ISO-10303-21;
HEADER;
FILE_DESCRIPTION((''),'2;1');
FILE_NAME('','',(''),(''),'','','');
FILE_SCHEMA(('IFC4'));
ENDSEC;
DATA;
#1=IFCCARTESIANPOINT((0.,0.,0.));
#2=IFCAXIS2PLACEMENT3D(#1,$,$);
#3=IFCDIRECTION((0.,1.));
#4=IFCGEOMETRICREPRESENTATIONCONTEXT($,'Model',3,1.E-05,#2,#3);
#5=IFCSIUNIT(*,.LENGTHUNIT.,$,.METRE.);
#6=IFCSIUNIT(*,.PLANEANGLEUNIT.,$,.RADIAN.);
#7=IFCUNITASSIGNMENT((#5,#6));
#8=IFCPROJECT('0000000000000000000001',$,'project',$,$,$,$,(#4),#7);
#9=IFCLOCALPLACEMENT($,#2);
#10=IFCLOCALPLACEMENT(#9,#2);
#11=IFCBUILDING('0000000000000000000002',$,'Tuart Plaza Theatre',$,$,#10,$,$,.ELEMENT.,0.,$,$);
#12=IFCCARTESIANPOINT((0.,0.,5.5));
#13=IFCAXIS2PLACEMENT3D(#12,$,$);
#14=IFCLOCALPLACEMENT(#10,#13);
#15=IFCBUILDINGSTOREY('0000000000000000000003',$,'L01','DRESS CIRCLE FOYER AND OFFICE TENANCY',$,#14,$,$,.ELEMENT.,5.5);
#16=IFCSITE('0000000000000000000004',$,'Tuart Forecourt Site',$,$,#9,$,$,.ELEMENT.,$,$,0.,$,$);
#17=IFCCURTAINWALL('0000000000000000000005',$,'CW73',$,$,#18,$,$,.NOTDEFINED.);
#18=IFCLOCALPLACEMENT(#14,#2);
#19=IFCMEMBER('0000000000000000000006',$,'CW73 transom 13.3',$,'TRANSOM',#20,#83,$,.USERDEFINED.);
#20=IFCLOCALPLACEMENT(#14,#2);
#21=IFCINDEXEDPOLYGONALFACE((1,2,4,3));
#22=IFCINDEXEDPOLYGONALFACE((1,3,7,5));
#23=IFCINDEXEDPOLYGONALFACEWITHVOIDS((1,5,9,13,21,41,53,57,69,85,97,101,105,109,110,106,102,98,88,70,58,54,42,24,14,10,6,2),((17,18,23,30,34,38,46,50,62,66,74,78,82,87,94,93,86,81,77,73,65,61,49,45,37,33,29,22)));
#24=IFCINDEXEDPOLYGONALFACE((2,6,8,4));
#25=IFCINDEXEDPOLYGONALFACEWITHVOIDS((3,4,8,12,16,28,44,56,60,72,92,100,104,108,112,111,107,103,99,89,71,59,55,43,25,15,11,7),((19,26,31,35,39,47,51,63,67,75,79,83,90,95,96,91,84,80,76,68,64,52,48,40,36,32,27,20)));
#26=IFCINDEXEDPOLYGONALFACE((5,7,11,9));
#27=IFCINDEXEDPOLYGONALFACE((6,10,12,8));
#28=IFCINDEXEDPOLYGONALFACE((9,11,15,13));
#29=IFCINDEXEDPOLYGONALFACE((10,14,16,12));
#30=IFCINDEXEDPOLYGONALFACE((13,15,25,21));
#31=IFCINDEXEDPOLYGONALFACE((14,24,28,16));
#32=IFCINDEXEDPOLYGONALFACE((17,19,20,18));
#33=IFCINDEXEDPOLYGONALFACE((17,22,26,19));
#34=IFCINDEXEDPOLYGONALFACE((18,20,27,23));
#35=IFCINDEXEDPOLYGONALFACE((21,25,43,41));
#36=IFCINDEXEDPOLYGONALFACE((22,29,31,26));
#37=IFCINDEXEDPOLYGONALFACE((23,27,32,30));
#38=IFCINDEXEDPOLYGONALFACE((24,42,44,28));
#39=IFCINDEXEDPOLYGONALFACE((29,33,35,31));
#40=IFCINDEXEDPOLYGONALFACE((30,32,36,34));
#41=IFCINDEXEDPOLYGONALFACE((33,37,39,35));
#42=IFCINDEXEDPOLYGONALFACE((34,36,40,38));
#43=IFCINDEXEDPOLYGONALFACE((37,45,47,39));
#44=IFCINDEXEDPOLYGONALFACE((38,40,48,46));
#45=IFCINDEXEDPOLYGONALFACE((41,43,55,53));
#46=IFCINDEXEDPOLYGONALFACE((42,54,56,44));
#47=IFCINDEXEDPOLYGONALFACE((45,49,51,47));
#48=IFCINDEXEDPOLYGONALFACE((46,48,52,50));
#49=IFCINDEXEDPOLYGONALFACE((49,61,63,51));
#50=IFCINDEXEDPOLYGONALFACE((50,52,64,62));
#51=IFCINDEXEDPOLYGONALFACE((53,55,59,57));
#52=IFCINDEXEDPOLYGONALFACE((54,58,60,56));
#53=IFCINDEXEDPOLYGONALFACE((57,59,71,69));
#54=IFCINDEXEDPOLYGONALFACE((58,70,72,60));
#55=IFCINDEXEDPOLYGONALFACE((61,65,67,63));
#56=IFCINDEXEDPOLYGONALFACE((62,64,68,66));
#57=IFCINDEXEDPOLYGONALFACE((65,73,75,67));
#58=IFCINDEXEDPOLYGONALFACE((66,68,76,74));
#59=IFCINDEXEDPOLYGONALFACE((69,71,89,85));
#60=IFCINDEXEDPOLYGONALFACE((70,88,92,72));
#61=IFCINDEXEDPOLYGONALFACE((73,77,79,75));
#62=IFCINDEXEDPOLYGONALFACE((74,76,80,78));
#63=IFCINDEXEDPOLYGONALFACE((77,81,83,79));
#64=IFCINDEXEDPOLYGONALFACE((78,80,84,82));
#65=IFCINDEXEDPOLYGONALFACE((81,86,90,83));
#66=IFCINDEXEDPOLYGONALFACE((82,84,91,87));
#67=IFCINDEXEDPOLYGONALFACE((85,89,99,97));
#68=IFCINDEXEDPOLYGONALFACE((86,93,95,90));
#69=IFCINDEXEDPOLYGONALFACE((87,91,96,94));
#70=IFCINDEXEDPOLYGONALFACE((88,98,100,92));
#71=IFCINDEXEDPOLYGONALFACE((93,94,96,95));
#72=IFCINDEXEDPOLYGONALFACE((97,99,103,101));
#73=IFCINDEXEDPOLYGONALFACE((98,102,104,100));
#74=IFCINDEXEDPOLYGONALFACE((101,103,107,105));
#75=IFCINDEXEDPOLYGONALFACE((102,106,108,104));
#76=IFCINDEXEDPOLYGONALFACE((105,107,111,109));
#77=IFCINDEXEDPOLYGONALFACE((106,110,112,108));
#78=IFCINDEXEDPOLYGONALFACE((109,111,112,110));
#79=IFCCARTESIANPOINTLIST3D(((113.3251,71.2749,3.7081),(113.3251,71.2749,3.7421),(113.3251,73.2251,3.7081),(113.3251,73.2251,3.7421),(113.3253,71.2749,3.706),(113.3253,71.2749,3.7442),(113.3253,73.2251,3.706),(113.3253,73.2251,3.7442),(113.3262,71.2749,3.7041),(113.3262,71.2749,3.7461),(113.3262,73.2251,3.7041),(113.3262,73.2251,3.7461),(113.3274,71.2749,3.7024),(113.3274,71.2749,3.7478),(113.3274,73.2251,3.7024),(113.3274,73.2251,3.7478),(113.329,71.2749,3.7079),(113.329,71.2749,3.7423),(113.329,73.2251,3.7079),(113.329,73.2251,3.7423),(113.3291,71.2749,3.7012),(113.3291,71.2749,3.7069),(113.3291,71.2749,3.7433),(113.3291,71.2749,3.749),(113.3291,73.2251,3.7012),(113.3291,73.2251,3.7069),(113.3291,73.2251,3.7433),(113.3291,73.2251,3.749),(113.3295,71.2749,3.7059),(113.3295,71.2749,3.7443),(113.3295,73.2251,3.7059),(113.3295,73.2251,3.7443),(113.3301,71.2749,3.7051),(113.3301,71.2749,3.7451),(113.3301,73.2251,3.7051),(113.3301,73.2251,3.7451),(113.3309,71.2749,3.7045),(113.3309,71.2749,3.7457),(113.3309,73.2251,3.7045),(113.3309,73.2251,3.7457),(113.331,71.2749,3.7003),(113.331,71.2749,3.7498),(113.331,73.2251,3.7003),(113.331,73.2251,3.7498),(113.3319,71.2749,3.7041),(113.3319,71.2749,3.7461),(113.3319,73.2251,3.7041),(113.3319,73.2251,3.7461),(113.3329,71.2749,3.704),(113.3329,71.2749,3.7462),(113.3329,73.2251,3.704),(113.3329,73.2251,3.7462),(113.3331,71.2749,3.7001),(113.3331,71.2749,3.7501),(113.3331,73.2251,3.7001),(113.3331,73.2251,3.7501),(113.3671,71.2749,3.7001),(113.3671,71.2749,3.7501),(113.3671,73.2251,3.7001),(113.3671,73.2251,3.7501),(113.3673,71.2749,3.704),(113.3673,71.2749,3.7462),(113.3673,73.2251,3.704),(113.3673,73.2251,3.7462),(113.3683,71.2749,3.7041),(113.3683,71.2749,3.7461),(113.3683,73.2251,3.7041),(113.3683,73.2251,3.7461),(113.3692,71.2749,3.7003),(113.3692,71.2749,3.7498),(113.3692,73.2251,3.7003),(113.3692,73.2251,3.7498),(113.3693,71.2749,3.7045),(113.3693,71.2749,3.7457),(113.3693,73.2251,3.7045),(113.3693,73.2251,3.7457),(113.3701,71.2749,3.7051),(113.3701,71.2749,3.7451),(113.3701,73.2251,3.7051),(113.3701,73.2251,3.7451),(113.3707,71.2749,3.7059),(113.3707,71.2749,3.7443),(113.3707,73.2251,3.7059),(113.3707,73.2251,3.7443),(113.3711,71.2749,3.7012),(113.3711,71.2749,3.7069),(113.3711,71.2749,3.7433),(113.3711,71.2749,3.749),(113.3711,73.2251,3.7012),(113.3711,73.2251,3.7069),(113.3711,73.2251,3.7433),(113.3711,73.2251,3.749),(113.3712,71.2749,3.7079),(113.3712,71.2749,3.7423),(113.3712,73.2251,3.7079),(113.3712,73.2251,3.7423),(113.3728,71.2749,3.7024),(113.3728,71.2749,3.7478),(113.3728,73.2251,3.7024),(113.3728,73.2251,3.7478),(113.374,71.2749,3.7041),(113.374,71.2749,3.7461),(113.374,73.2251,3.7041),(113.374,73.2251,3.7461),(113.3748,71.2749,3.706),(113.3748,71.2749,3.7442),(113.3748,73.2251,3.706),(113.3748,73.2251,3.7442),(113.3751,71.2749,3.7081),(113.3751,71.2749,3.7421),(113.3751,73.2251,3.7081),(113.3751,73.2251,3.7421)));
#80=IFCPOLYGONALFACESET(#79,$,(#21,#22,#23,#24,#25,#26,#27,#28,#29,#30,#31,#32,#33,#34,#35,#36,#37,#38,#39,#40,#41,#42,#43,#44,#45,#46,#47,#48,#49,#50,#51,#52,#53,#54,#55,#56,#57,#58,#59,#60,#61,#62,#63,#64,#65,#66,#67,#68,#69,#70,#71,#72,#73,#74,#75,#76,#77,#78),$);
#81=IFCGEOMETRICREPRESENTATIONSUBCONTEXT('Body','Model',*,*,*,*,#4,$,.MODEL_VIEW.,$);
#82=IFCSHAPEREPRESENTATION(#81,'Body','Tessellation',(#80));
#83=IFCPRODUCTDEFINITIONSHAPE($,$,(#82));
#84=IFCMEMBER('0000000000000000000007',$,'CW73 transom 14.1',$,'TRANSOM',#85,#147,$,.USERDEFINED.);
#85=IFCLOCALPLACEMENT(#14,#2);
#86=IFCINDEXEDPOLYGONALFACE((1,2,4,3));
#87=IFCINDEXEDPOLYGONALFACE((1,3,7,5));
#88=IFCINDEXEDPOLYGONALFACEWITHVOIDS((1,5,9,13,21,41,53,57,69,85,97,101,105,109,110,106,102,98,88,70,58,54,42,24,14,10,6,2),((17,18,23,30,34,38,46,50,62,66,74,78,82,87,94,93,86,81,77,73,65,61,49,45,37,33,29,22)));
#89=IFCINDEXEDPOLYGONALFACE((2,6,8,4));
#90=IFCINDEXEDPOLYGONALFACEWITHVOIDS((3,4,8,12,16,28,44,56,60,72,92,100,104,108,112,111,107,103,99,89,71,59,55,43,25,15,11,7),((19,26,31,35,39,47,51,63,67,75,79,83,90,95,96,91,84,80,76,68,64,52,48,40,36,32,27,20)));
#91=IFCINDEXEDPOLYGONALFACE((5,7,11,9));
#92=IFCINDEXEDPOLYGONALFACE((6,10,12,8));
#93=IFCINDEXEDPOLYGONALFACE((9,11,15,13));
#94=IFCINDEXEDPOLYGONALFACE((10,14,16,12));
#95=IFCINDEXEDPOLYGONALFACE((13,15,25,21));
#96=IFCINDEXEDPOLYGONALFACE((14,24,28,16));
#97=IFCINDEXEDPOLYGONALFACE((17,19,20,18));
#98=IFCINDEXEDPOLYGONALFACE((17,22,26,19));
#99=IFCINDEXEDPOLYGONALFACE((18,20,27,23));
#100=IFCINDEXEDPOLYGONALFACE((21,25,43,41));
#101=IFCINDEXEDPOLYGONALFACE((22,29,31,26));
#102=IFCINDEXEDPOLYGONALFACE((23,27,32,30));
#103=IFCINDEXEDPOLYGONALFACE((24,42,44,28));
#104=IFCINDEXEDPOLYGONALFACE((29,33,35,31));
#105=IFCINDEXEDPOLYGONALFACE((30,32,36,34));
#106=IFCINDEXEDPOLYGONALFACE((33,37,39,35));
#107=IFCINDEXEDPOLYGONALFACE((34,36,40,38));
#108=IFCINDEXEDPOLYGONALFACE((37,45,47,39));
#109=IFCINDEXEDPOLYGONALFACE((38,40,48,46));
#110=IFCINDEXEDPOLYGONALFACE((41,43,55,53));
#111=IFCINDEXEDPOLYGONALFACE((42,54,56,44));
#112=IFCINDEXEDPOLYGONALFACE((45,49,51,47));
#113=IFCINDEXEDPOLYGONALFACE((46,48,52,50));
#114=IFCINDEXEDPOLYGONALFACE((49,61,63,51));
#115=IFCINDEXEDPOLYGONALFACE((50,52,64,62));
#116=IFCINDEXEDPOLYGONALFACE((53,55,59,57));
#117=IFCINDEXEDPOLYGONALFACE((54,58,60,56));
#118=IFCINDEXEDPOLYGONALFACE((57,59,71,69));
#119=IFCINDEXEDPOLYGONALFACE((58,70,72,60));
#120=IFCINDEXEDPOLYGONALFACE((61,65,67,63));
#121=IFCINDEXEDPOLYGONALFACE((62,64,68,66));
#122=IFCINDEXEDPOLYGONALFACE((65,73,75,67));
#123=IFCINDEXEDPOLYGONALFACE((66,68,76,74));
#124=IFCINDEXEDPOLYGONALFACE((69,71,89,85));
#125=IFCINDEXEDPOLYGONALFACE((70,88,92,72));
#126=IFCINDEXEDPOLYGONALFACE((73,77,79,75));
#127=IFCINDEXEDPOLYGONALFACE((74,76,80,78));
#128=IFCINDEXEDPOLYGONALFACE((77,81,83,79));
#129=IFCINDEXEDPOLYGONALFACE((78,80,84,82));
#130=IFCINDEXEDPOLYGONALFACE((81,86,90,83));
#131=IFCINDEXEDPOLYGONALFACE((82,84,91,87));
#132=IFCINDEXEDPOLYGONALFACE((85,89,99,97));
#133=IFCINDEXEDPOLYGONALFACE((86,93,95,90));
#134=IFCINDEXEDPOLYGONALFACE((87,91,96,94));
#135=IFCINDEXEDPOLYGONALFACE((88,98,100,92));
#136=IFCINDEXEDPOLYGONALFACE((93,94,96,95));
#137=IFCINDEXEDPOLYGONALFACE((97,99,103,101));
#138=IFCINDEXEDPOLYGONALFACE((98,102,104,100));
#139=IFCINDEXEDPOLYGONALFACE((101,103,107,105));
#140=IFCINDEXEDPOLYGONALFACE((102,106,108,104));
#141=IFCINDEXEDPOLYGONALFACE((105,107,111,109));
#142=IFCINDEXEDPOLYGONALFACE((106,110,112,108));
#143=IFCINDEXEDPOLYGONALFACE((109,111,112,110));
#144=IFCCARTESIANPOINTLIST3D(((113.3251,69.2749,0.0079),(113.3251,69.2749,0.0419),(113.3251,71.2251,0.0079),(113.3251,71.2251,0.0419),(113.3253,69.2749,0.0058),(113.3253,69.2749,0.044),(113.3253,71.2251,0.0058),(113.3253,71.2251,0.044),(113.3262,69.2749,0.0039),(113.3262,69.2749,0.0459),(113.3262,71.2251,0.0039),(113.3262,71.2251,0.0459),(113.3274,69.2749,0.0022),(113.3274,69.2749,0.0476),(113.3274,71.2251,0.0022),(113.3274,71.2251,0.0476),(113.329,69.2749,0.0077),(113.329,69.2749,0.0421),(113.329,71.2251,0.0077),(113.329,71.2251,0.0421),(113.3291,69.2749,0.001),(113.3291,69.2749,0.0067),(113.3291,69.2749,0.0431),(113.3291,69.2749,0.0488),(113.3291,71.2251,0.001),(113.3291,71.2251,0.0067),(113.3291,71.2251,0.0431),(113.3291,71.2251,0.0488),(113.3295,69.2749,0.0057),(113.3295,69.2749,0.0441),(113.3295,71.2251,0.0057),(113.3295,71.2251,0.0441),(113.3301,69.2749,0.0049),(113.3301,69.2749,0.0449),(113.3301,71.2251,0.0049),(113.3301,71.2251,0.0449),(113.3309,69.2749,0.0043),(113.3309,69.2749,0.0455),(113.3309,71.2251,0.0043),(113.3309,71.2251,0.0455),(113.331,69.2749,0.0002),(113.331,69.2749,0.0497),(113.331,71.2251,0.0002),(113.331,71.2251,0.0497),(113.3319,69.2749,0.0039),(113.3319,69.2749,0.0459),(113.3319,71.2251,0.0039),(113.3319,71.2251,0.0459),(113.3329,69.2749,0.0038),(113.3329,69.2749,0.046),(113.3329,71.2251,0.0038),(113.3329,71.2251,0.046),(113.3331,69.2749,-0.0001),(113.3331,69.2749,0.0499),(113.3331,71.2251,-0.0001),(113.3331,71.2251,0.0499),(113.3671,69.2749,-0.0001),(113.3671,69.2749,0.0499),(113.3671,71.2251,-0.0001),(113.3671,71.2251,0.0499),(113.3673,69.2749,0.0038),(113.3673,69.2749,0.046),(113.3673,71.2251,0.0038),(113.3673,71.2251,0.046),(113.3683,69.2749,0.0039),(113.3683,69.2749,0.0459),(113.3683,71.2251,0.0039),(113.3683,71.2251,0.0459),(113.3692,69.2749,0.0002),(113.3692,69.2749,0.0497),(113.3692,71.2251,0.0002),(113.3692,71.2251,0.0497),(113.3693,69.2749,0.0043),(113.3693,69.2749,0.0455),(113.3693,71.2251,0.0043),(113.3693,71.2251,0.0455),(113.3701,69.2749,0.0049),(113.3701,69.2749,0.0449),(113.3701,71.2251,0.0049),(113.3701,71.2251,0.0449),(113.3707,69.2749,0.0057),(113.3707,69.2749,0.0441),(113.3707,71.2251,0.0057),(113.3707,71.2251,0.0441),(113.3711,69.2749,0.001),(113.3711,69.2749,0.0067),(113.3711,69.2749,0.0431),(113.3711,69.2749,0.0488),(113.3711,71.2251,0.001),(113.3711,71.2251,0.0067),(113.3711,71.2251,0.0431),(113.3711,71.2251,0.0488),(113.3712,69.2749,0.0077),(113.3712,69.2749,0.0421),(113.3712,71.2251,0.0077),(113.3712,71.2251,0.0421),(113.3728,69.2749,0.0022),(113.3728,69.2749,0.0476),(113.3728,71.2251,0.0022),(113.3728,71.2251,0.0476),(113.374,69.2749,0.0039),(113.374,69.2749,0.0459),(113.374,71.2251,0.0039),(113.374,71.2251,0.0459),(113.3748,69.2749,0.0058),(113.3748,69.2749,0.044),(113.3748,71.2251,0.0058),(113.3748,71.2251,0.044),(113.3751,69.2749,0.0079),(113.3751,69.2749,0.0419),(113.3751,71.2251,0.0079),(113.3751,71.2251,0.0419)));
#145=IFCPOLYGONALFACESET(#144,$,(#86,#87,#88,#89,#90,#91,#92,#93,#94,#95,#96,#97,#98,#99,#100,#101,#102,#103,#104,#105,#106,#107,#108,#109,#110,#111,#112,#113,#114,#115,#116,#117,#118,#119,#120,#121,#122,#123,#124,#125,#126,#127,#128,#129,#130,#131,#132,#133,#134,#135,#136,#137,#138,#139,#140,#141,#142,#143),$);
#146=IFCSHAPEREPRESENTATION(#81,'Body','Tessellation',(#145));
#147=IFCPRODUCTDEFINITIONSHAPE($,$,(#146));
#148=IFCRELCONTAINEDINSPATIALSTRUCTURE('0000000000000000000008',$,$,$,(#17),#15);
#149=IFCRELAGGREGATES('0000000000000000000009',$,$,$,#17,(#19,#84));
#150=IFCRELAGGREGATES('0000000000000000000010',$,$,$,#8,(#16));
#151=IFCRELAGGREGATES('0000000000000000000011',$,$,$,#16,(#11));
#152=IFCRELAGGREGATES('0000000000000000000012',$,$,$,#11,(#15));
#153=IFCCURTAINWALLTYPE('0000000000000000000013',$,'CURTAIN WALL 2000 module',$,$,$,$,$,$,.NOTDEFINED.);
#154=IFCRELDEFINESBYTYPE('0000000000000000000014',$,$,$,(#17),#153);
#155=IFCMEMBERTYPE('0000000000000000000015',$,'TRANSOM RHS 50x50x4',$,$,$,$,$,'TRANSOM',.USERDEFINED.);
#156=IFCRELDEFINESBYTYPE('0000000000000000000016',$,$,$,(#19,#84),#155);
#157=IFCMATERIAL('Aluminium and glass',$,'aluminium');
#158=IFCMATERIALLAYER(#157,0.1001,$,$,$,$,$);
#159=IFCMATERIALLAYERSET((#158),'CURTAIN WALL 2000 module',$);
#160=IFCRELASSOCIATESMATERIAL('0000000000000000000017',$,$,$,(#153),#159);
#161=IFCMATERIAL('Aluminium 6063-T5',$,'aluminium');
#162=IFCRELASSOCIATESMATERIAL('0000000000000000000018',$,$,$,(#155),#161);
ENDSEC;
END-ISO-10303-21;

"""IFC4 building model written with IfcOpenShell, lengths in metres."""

from ifc_helpers import new_model, si_unit, direction, frame, origin, origin_2d, place, context, subcontext, project, spatial, hollow_rectangle, extrude, material, layer, layer_set, material_profile, profile_set, type_object, element, aggregate, save


model = new_model("IFC4")

# Units and contexts
model_context = context("Model", 3, precision=1e-05, world=origin(), true_north=direction((0.0, 1.0)))
body_context = subcontext(model_context, "Body", "Model", "MODEL_VIEW")
ifc_project = project(units=[si_unit("LENGTHUNIT", "METRE"), si_unit("PLANEANGLEUNIT", "RADIAN")], contexts=[model_context])

# Site, building, storey
site_placement = place(None, origin())
site = spatial("IfcSite", under=ifc_project, at=site_placement, Name="Tuart Forecourt Site", CompositionType="ELEMENT", RefElevation=0.0)
building_placement = place(site_placement, origin())
building = spatial("IfcBuilding", under=site, at=building_placement, Name="Tuart Plaza Theatre", CompositionType="ELEMENT", ElevationOfRefHeight=0.0)
storey_placement = place(building_placement, frame((0.0, 0.0, 5.5)))
storey = spatial("IfcBuildingStorey", under=building, at=storey_placement, Name="L01", Description="DRESS CIRCLE FOYER AND OFFICE TENANCY", CompositionType="ELEMENT", Elevation=5.5)

# Curtain wall, members
ifc_material_1 = material(Name="Aluminium and glass", Category="aluminium")
ifc_layer_1 = layer(ifc_material_1, 0.1001)
ifc_layer_set_1 = layer_set([ifc_layer_1], Name="CURTAIN WALL 2000 module")
curtain_wall_type = type_object("IfcCurtainWallType", Name="CURTAIN WALL 2000 module", PredefinedType="NOTDEFINED", material=ifc_layer_set_1)
curtain_wall_placement = place(storey_placement, origin())
curtain_wall = element("IfcCurtainWall", 1, at=curtain_wall_placement, inside=storey, type_object=curtain_wall_type, Name="CW73", PredefinedType="NOTDEFINED")
ifc_material_2 = material(Name="Aluminium 6063-T5", Category="aluminium")
ifc_material_profile_1 = material_profile(ifc_material_2, hollow_rectangle(XDim=0.05, YDim=0.05, WallThickness=0.0039, InnerFilletRadius=0.0039, OuterFilletRadius=0.0081, at=origin_2d()), Name="RHS 50x50x4")
ifc_profile_set_1 = profile_set([ifc_material_profile_1], Name="Aluminium 6063-T5")
member_type_1 = type_object("IfcMemberType", Name="TRANSOM RHS 50x50x4", ElementType="TRANSOM", PredefinedType="USERDEFINED", material=ifc_profile_set_1)
member_1_placement = place(storey_placement, frame((113.3501, 73.2251, 3.7251), z_axis=(0.0, -1.0, 0.0), x_axis=(1.0, 0.0, 0.0)))
member_1 = element("IfcMember", 2, at=member_1_placement, type_object=member_type_1, Name="CW73 transom 13.3", ObjectType="TRANSOM", PredefinedType="USERDEFINED", context=body_context, shape_type="SweptSolid", body=[
    extrude(hollow_rectangle(XDim=0.05, YDim=0.05, WallThickness=0.0039, InnerFilletRadius=0.0039, OuterFilletRadius=0.0081, at=origin_2d()), origin(), (0.0, 0.0, 1.0), 1.9502),
])
member_2_placement = place(storey_placement, frame((113.3501, 71.2251, 0.0249), z_axis=(0.0, -1.0, 0.0), x_axis=(1.0, 0.0, 0.0)))
member_2 = element("IfcMember", 3, at=member_2_placement, type_object=member_type_1, Name="CW73 transom 14.1", ObjectType="TRANSOM", PredefinedType="USERDEFINED", context=body_context, shape_type="SweptSolid", body=[
    extrude(hollow_rectangle(XDim=0.05, YDim=0.05, WallThickness=0.0039, InnerFilletRadius=0.0039, OuterFilletRadius=0.0081, at=origin_2d()), origin(), (0.0, 0.0, 1.0), 1.9502),
])
aggregate(curtain_wall, [member_1, member_2])

save(model, "model.ifc")
